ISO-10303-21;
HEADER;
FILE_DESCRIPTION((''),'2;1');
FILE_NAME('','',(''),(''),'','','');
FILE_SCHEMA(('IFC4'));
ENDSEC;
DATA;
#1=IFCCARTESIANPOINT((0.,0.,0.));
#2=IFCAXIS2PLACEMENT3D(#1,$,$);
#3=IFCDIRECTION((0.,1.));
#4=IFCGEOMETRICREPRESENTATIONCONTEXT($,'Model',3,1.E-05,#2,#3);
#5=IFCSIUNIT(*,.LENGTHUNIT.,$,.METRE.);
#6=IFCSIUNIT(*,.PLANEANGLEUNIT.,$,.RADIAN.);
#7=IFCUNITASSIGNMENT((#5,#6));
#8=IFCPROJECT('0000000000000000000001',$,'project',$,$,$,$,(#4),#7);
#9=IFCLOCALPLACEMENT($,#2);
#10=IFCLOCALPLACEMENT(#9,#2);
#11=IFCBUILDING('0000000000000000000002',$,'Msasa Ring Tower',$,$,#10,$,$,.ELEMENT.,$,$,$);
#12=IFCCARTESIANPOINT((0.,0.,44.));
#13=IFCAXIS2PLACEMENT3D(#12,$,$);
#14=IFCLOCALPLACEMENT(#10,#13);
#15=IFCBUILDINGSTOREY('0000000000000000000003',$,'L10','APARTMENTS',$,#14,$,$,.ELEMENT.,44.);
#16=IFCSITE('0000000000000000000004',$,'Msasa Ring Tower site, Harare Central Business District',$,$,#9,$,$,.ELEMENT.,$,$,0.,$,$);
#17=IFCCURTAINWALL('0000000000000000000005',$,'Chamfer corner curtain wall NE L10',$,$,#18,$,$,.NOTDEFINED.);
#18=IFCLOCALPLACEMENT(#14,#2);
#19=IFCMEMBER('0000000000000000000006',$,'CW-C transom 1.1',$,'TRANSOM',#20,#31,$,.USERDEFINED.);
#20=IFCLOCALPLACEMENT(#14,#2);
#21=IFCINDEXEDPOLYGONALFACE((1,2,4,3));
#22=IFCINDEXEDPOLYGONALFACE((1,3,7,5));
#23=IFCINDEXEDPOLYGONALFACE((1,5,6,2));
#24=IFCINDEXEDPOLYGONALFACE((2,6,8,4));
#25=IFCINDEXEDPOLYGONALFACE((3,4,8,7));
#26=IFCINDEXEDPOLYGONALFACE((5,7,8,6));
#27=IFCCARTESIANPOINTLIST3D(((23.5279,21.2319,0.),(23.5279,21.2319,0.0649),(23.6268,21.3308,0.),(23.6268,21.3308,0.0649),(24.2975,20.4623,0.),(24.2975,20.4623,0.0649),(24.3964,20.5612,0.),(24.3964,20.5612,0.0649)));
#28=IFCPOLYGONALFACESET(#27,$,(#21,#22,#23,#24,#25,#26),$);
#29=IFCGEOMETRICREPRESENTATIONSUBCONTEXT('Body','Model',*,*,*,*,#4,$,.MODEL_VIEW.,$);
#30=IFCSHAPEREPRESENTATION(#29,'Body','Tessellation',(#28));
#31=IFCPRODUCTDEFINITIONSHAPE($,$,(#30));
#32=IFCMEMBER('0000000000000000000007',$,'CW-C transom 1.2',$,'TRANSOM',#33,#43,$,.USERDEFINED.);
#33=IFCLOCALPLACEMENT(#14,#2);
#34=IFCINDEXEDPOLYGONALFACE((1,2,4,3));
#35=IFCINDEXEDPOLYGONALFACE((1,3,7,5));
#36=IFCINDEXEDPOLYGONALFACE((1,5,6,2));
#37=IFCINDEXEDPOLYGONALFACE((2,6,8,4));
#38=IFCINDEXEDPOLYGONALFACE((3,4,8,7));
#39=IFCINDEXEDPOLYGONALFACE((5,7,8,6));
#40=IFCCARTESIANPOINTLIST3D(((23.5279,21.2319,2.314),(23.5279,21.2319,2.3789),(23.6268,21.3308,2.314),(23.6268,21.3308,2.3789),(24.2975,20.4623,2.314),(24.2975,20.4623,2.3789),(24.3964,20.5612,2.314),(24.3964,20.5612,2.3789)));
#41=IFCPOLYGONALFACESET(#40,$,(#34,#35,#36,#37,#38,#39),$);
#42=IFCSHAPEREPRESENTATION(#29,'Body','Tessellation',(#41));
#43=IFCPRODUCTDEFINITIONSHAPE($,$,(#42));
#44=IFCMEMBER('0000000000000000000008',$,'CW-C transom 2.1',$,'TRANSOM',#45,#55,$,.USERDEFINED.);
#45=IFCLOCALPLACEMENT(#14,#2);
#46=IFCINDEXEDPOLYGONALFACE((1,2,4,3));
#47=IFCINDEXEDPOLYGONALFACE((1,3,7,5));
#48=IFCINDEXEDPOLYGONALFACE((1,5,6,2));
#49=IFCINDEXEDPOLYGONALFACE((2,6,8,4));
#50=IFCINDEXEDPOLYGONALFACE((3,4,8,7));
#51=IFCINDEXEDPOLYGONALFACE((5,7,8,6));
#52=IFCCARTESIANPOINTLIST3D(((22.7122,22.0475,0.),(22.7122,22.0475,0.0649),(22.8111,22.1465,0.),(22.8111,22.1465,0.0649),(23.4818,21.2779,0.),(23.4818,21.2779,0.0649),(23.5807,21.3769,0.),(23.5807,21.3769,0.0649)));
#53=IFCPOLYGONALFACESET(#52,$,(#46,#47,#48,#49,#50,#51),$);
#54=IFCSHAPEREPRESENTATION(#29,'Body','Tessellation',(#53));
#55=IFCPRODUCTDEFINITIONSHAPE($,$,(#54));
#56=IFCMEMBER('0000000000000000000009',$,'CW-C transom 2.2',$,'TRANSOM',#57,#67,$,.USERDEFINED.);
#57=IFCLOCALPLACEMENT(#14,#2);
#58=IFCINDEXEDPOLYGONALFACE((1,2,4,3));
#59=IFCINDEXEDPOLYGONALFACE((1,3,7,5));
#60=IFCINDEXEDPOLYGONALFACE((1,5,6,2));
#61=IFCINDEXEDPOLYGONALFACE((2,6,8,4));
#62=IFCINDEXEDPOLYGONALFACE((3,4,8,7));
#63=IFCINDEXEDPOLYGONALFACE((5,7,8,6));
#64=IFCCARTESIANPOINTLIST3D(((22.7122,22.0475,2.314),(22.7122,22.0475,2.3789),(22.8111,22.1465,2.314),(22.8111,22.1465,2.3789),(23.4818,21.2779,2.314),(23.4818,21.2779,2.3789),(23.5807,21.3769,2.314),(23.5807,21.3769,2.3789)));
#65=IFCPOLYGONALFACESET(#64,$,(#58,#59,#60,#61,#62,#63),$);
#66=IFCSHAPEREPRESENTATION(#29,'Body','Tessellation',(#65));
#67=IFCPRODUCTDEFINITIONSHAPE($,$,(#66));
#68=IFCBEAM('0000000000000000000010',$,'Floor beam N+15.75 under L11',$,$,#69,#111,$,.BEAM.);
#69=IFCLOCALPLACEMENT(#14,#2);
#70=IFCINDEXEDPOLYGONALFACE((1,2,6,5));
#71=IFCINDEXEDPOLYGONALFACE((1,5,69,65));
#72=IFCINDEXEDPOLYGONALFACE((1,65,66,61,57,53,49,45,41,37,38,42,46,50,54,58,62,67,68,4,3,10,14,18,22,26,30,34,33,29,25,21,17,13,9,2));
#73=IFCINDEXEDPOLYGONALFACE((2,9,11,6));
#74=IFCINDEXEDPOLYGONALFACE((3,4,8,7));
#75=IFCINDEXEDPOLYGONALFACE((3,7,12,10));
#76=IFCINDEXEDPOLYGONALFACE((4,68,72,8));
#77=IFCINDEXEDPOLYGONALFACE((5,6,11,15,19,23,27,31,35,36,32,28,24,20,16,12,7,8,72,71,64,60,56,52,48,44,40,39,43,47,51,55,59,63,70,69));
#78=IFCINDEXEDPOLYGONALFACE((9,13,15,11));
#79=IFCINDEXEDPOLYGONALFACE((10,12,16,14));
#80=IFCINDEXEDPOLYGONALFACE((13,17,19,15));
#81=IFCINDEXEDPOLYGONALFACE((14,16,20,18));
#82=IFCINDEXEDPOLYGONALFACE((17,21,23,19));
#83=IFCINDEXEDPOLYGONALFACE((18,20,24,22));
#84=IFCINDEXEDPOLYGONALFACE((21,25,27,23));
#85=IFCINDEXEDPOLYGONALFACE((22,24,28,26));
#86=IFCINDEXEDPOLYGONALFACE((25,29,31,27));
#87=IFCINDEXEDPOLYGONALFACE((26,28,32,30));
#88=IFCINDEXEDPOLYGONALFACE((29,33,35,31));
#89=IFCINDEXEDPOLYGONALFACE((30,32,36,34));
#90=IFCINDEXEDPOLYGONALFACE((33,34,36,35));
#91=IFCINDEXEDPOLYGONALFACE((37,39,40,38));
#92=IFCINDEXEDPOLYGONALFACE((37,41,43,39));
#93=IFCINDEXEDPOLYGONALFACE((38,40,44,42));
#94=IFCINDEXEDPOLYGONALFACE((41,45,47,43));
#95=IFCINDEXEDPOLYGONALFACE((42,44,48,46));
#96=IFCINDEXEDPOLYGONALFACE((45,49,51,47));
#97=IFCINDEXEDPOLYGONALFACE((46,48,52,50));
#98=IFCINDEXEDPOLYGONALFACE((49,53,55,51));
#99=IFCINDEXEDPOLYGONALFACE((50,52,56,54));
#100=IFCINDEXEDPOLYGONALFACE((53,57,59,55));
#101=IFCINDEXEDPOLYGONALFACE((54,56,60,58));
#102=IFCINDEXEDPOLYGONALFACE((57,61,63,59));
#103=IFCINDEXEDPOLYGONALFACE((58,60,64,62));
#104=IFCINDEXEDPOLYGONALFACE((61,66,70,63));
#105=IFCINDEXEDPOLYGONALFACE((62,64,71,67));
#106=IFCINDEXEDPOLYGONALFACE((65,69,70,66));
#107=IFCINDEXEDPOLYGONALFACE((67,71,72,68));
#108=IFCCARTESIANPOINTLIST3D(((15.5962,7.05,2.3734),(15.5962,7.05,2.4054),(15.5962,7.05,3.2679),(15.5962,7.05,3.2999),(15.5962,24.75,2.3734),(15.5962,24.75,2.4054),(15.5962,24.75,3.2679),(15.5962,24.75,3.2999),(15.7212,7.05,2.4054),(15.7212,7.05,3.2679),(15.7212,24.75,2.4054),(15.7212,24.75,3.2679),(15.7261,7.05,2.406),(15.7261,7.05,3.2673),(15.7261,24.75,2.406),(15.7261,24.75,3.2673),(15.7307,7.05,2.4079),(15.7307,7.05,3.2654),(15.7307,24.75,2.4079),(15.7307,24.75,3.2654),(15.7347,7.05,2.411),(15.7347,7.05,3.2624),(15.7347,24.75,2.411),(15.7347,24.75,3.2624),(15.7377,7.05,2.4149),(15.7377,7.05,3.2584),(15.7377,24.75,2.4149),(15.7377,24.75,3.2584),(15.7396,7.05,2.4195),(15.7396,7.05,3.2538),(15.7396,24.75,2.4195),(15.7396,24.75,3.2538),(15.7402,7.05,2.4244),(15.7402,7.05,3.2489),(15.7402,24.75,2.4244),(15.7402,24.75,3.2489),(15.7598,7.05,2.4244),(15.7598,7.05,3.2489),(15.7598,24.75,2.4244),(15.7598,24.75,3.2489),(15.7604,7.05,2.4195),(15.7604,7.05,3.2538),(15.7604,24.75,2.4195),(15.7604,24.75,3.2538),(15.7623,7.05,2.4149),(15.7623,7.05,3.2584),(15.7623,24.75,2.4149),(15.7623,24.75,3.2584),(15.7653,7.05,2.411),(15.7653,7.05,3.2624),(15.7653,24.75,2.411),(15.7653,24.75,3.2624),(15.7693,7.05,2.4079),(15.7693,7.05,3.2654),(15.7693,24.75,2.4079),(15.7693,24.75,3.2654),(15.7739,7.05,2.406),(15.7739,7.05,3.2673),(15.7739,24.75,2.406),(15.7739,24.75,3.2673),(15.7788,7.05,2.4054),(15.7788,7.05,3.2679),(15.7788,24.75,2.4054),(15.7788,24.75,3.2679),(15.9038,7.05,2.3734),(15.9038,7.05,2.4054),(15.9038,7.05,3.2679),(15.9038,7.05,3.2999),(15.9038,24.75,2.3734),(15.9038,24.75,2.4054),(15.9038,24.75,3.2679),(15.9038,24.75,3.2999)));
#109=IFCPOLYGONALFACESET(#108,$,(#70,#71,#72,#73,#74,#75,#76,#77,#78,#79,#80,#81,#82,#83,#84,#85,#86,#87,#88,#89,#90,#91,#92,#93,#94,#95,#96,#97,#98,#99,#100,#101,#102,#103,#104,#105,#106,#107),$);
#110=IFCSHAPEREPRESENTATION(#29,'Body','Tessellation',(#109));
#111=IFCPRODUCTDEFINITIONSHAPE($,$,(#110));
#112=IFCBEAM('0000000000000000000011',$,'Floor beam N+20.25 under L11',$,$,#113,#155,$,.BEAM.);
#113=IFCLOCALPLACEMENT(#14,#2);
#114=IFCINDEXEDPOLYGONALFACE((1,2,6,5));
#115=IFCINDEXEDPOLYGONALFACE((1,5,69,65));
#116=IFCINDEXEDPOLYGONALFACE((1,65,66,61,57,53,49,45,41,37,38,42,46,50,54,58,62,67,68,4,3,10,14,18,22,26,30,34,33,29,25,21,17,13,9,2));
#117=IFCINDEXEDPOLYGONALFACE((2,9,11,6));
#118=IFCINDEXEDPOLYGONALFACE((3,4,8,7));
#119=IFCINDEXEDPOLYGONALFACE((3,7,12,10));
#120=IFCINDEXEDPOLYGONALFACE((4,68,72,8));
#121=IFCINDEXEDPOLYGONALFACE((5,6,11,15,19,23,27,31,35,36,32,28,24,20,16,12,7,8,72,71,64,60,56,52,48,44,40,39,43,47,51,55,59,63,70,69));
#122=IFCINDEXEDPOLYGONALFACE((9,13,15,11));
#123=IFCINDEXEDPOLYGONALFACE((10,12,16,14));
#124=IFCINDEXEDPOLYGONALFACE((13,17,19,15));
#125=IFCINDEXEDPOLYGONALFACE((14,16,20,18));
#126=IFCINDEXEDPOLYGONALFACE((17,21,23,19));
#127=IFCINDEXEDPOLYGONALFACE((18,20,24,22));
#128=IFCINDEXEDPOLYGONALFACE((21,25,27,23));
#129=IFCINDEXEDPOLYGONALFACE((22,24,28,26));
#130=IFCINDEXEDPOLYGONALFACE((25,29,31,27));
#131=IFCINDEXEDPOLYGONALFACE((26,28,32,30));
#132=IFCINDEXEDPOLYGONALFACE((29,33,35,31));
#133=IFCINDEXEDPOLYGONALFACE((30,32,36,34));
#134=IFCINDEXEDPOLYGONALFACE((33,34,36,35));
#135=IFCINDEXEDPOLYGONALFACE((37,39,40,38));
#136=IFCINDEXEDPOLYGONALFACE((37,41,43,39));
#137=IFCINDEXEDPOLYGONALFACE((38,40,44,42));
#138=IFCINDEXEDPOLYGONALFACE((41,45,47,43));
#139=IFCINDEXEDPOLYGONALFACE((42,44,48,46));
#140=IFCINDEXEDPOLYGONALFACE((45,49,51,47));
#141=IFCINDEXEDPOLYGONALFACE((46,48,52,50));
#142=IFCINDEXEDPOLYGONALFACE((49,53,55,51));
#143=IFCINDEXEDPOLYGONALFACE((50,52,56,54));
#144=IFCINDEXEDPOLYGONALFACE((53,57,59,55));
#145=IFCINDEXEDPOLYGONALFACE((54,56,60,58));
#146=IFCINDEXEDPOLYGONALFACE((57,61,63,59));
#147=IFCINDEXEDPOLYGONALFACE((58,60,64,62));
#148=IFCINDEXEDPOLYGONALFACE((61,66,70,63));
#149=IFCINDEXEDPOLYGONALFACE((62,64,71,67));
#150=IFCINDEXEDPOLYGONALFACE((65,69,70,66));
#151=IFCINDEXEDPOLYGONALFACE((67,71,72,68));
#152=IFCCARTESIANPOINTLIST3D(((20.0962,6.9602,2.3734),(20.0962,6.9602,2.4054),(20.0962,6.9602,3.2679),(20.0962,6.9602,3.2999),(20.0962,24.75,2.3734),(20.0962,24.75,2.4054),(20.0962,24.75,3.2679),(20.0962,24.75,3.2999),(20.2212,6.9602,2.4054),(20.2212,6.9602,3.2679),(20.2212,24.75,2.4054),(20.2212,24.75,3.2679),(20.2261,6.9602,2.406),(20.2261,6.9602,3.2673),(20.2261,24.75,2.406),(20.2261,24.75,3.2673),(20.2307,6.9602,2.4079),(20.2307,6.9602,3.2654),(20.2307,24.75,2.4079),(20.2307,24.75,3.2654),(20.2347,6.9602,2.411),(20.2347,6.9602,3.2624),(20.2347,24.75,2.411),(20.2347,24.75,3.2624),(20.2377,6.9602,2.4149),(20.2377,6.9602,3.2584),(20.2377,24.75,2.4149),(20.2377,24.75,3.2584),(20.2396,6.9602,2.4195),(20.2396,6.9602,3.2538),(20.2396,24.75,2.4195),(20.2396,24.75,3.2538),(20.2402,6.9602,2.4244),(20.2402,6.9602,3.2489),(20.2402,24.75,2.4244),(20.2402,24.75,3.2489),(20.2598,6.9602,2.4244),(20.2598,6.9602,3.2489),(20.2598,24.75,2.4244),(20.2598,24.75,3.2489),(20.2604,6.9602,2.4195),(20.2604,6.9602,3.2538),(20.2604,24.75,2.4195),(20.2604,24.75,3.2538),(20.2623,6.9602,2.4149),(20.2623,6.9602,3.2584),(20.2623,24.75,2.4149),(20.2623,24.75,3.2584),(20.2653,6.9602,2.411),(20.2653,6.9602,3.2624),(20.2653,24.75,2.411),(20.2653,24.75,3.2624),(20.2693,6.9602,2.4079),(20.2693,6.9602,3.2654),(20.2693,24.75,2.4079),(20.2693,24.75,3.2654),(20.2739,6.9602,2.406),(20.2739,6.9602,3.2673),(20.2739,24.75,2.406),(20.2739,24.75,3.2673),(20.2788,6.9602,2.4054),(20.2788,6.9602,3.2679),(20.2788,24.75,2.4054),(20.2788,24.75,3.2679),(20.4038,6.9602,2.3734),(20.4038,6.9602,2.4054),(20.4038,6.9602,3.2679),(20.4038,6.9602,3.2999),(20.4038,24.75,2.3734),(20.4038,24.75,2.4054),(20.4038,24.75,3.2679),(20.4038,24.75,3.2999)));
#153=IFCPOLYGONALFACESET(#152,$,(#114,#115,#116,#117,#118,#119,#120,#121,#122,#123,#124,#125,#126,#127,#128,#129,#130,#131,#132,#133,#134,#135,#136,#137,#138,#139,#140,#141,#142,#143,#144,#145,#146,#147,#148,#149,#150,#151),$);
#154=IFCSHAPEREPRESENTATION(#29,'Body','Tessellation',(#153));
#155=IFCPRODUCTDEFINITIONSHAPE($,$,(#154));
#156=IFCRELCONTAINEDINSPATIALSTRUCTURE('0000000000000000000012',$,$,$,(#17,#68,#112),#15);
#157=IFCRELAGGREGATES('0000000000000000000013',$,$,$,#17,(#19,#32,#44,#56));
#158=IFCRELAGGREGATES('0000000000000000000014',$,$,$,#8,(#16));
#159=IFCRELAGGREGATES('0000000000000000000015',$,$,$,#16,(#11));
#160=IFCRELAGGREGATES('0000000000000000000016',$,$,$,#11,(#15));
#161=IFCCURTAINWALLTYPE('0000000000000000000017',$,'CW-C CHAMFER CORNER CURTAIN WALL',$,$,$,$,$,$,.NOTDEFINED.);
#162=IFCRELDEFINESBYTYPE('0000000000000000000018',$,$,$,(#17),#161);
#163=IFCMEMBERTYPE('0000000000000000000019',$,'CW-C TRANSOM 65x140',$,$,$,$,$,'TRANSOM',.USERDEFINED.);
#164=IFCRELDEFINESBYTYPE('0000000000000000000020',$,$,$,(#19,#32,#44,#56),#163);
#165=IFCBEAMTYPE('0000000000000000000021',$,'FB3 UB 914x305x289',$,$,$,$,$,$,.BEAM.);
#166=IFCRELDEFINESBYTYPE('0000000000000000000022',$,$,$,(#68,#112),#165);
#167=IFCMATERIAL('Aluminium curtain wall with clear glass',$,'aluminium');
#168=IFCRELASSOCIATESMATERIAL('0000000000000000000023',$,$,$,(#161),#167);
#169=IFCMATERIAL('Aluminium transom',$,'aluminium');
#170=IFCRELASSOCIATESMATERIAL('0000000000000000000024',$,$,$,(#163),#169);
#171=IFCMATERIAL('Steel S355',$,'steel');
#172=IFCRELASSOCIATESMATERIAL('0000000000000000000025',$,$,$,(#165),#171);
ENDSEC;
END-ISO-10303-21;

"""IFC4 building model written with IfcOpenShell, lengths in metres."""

from ifc_helpers import new_model, si_unit, direction, frame, origin, origin_2d, place, context, subcontext, project, spatial, rectangle, i_section, extrude, material, material_profile, profile_set, type_object, element, aggregate, save


model = new_model("IFC4")

# Units and contexts
model_context = context("Model", 3, precision=1e-05, world=origin(), true_north=direction((0.0, 1.0)))
body_context = subcontext(model_context, "Body", "Model", "MODEL_VIEW")
ifc_project = project(units=[si_unit("LENGTHUNIT", "METRE"), si_unit("PLANEANGLEUNIT", "RADIAN")], contexts=[model_context])

# Site, building, storey
site_placement = place(None, origin())
site = spatial("IfcSite", under=ifc_project, at=site_placement, Name="Msasa Ring Tower site, Harare Central Business District", CompositionType="ELEMENT", RefElevation=0.0)
building_placement = place(site_placement, origin())
building = spatial("IfcBuilding", under=site, at=building_placement, Name="Msasa Ring Tower", CompositionType="ELEMENT")
storey_placement = place(building_placement, frame((0.0, 0.0, 44.0)))
storey = spatial("IfcBuildingStorey", under=building, at=storey_placement, Name="L10", Description="APARTMENTS", CompositionType="ELEMENT", Elevation=44.0)

# Curtain wall
ifc_material_1 = material(Name="Aluminium curtain wall with clear glass", Category="aluminium")
curtain_wall_type = type_object("IfcCurtainWallType", Name="CW-C CHAMFER CORNER CURTAIN WALL", PredefinedType="NOTDEFINED", material=ifc_material_1)
curtain_wall_1_placement = place(storey_placement, origin())
curtain_wall_1 = element("IfcCurtainWall", 1, at=curtain_wall_1_placement, inside=storey, type_object=curtain_wall_type, Name="Chamfer corner curtain wall NE L10", PredefinedType="NOTDEFINED")

# Members
ifc_material_2 = material(Name="Aluminium transom", Category="aluminium")
ifc_material_profile_1 = material_profile(ifc_material_2, rectangle(XDim=0.1399, YDim=0.0649, at=origin_2d()), Name="AL 65x140")
ifc_profile_set_1 = profile_set([ifc_material_profile_1], Name="Aluminium transom")
member_type_1 = type_object("IfcMemberType", Name="CW-C TRANSOM 65x140", ElementType="TRANSOM", PredefinedType="USERDEFINED", material=ifc_profile_set_1)
member_1_placement = place(storey_placement, frame((24.3469, 20.5117, 0.0325), z_axis=(-0.707107, 0.707107, 0.0), x_axis=(-0.707107, -0.707107, 0.0)))
member_1 = element("IfcMember", 2, at=member_1_placement, type_object=member_type_1, Name="CW-C transom 1.1", ObjectType="TRANSOM", PredefinedType="USERDEFINED", context=body_context, shape_type="SweptSolid", body=[
    extrude(rectangle(XDim=0.1399, YDim=0.0649, at=origin_2d()), origin(), (0.0, 0.0, 1.0), 1.0884),
])
member_2_placement = place(storey_placement, frame((24.3469, 20.5117, 2.3464), z_axis=(-0.707107, 0.707107, 0.0), x_axis=(-0.707107, -0.707107, 0.0)))
member_2 = element("IfcMember", 3, at=member_2_placement, type_object=member_type_1, Name="CW-C transom 1.2", ObjectType="TRANSOM", PredefinedType="USERDEFINED", context=body_context, shape_type="SweptSolid", body=[
    extrude(rectangle(XDim=0.1399, YDim=0.0649, at=origin_2d()), origin(), (0.0, 0.0, 1.0), 1.0884),
])
member_3_placement = place(storey_placement, frame((23.5312, 21.3274, 0.0325), z_axis=(-0.707107, 0.707107, 0.0), x_axis=(-0.707107, -0.707107, 0.0)))
member_3 = element("IfcMember", 4, at=member_3_placement, type_object=member_type_1, Name="CW-C transom 2.1", ObjectType="TRANSOM", PredefinedType="USERDEFINED", context=body_context, shape_type="SweptSolid", body=[
    extrude(rectangle(XDim=0.1399, YDim=0.0649, at=origin_2d()), origin(), (0.0, 0.0, 1.0), 1.0884),
])
member_4_placement = place(storey_placement, frame((23.5312, 21.3274, 2.3464), z_axis=(-0.707107, 0.707107, 0.0), x_axis=(-0.707107, -0.707107, 0.0)))
member_4 = element("IfcMember", 5, at=member_4_placement, type_object=member_type_1, Name="CW-C transom 2.2", ObjectType="TRANSOM", PredefinedType="USERDEFINED", context=body_context, shape_type="SweptSolid", body=[
    extrude(rectangle(XDim=0.1399, YDim=0.0649, at=origin_2d()), origin(), (0.0, 0.0, 1.0), 1.0884),
])

# Beams
ifc_material_3 = material(Name="Steel S355", Category="steel")
ifc_material_profile_2 = material_profile(ifc_material_3, i_section(OverallWidth=0.3076, OverallDepth=0.9265, WebThickness=0.0195, FlangeThickness=0.032, FilletRadius=0.019, at=origin_2d()), Name="UB 914x305x289")
ifc_profile_set_2 = profile_set([ifc_material_profile_2], Name="Steel S355")
beam_type_1 = type_object("IfcBeamType", Name="FB3 UB 914x305x289", PredefinedType="BEAM", material=ifc_profile_set_2)
beam_1_placement = place(storey_placement, frame((15.75, 24.75, 2.8367), z_axis=(0.0, -1.0, 0.0), x_axis=(1.0, 0.0, 0.0)))
element("IfcBeam", 6, at=beam_1_placement, inside=storey, type_object=beam_type_1, Name="Floor beam N+15.75 under L11", PredefinedType="BEAM", context=body_context, shape_type="SweptSolid", body=[
    extrude(i_section(OverallWidth=0.3076, OverallDepth=0.9265, WebThickness=0.0195, FlangeThickness=0.032, FilletRadius=0.019, at=origin_2d()), origin(), (0.0, 0.0, 1.0), 17.7),
])
beam_2_placement = place(storey_placement, frame((20.25, 24.75, 2.8367), z_axis=(0.0, -1.0, 0.0), x_axis=(1.0, 0.0, 0.0)))
element("IfcBeam", 7, at=beam_2_placement, inside=storey, type_object=beam_type_1, Name="Floor beam N+20.25 under L11", PredefinedType="BEAM", context=body_context, shape_type="SweptSolid", body=[
    extrude(i_section(OverallWidth=0.3076, OverallDepth=0.9265, WebThickness=0.0195, FlangeThickness=0.032, FilletRadius=0.019, at=origin_2d()), origin(), (0.0, 0.0, 1.0), 17.7898),
])

aggregate(curtain_wall_1, [member_1, member_2, member_3, member_4])

save(model, "model.ifc")
